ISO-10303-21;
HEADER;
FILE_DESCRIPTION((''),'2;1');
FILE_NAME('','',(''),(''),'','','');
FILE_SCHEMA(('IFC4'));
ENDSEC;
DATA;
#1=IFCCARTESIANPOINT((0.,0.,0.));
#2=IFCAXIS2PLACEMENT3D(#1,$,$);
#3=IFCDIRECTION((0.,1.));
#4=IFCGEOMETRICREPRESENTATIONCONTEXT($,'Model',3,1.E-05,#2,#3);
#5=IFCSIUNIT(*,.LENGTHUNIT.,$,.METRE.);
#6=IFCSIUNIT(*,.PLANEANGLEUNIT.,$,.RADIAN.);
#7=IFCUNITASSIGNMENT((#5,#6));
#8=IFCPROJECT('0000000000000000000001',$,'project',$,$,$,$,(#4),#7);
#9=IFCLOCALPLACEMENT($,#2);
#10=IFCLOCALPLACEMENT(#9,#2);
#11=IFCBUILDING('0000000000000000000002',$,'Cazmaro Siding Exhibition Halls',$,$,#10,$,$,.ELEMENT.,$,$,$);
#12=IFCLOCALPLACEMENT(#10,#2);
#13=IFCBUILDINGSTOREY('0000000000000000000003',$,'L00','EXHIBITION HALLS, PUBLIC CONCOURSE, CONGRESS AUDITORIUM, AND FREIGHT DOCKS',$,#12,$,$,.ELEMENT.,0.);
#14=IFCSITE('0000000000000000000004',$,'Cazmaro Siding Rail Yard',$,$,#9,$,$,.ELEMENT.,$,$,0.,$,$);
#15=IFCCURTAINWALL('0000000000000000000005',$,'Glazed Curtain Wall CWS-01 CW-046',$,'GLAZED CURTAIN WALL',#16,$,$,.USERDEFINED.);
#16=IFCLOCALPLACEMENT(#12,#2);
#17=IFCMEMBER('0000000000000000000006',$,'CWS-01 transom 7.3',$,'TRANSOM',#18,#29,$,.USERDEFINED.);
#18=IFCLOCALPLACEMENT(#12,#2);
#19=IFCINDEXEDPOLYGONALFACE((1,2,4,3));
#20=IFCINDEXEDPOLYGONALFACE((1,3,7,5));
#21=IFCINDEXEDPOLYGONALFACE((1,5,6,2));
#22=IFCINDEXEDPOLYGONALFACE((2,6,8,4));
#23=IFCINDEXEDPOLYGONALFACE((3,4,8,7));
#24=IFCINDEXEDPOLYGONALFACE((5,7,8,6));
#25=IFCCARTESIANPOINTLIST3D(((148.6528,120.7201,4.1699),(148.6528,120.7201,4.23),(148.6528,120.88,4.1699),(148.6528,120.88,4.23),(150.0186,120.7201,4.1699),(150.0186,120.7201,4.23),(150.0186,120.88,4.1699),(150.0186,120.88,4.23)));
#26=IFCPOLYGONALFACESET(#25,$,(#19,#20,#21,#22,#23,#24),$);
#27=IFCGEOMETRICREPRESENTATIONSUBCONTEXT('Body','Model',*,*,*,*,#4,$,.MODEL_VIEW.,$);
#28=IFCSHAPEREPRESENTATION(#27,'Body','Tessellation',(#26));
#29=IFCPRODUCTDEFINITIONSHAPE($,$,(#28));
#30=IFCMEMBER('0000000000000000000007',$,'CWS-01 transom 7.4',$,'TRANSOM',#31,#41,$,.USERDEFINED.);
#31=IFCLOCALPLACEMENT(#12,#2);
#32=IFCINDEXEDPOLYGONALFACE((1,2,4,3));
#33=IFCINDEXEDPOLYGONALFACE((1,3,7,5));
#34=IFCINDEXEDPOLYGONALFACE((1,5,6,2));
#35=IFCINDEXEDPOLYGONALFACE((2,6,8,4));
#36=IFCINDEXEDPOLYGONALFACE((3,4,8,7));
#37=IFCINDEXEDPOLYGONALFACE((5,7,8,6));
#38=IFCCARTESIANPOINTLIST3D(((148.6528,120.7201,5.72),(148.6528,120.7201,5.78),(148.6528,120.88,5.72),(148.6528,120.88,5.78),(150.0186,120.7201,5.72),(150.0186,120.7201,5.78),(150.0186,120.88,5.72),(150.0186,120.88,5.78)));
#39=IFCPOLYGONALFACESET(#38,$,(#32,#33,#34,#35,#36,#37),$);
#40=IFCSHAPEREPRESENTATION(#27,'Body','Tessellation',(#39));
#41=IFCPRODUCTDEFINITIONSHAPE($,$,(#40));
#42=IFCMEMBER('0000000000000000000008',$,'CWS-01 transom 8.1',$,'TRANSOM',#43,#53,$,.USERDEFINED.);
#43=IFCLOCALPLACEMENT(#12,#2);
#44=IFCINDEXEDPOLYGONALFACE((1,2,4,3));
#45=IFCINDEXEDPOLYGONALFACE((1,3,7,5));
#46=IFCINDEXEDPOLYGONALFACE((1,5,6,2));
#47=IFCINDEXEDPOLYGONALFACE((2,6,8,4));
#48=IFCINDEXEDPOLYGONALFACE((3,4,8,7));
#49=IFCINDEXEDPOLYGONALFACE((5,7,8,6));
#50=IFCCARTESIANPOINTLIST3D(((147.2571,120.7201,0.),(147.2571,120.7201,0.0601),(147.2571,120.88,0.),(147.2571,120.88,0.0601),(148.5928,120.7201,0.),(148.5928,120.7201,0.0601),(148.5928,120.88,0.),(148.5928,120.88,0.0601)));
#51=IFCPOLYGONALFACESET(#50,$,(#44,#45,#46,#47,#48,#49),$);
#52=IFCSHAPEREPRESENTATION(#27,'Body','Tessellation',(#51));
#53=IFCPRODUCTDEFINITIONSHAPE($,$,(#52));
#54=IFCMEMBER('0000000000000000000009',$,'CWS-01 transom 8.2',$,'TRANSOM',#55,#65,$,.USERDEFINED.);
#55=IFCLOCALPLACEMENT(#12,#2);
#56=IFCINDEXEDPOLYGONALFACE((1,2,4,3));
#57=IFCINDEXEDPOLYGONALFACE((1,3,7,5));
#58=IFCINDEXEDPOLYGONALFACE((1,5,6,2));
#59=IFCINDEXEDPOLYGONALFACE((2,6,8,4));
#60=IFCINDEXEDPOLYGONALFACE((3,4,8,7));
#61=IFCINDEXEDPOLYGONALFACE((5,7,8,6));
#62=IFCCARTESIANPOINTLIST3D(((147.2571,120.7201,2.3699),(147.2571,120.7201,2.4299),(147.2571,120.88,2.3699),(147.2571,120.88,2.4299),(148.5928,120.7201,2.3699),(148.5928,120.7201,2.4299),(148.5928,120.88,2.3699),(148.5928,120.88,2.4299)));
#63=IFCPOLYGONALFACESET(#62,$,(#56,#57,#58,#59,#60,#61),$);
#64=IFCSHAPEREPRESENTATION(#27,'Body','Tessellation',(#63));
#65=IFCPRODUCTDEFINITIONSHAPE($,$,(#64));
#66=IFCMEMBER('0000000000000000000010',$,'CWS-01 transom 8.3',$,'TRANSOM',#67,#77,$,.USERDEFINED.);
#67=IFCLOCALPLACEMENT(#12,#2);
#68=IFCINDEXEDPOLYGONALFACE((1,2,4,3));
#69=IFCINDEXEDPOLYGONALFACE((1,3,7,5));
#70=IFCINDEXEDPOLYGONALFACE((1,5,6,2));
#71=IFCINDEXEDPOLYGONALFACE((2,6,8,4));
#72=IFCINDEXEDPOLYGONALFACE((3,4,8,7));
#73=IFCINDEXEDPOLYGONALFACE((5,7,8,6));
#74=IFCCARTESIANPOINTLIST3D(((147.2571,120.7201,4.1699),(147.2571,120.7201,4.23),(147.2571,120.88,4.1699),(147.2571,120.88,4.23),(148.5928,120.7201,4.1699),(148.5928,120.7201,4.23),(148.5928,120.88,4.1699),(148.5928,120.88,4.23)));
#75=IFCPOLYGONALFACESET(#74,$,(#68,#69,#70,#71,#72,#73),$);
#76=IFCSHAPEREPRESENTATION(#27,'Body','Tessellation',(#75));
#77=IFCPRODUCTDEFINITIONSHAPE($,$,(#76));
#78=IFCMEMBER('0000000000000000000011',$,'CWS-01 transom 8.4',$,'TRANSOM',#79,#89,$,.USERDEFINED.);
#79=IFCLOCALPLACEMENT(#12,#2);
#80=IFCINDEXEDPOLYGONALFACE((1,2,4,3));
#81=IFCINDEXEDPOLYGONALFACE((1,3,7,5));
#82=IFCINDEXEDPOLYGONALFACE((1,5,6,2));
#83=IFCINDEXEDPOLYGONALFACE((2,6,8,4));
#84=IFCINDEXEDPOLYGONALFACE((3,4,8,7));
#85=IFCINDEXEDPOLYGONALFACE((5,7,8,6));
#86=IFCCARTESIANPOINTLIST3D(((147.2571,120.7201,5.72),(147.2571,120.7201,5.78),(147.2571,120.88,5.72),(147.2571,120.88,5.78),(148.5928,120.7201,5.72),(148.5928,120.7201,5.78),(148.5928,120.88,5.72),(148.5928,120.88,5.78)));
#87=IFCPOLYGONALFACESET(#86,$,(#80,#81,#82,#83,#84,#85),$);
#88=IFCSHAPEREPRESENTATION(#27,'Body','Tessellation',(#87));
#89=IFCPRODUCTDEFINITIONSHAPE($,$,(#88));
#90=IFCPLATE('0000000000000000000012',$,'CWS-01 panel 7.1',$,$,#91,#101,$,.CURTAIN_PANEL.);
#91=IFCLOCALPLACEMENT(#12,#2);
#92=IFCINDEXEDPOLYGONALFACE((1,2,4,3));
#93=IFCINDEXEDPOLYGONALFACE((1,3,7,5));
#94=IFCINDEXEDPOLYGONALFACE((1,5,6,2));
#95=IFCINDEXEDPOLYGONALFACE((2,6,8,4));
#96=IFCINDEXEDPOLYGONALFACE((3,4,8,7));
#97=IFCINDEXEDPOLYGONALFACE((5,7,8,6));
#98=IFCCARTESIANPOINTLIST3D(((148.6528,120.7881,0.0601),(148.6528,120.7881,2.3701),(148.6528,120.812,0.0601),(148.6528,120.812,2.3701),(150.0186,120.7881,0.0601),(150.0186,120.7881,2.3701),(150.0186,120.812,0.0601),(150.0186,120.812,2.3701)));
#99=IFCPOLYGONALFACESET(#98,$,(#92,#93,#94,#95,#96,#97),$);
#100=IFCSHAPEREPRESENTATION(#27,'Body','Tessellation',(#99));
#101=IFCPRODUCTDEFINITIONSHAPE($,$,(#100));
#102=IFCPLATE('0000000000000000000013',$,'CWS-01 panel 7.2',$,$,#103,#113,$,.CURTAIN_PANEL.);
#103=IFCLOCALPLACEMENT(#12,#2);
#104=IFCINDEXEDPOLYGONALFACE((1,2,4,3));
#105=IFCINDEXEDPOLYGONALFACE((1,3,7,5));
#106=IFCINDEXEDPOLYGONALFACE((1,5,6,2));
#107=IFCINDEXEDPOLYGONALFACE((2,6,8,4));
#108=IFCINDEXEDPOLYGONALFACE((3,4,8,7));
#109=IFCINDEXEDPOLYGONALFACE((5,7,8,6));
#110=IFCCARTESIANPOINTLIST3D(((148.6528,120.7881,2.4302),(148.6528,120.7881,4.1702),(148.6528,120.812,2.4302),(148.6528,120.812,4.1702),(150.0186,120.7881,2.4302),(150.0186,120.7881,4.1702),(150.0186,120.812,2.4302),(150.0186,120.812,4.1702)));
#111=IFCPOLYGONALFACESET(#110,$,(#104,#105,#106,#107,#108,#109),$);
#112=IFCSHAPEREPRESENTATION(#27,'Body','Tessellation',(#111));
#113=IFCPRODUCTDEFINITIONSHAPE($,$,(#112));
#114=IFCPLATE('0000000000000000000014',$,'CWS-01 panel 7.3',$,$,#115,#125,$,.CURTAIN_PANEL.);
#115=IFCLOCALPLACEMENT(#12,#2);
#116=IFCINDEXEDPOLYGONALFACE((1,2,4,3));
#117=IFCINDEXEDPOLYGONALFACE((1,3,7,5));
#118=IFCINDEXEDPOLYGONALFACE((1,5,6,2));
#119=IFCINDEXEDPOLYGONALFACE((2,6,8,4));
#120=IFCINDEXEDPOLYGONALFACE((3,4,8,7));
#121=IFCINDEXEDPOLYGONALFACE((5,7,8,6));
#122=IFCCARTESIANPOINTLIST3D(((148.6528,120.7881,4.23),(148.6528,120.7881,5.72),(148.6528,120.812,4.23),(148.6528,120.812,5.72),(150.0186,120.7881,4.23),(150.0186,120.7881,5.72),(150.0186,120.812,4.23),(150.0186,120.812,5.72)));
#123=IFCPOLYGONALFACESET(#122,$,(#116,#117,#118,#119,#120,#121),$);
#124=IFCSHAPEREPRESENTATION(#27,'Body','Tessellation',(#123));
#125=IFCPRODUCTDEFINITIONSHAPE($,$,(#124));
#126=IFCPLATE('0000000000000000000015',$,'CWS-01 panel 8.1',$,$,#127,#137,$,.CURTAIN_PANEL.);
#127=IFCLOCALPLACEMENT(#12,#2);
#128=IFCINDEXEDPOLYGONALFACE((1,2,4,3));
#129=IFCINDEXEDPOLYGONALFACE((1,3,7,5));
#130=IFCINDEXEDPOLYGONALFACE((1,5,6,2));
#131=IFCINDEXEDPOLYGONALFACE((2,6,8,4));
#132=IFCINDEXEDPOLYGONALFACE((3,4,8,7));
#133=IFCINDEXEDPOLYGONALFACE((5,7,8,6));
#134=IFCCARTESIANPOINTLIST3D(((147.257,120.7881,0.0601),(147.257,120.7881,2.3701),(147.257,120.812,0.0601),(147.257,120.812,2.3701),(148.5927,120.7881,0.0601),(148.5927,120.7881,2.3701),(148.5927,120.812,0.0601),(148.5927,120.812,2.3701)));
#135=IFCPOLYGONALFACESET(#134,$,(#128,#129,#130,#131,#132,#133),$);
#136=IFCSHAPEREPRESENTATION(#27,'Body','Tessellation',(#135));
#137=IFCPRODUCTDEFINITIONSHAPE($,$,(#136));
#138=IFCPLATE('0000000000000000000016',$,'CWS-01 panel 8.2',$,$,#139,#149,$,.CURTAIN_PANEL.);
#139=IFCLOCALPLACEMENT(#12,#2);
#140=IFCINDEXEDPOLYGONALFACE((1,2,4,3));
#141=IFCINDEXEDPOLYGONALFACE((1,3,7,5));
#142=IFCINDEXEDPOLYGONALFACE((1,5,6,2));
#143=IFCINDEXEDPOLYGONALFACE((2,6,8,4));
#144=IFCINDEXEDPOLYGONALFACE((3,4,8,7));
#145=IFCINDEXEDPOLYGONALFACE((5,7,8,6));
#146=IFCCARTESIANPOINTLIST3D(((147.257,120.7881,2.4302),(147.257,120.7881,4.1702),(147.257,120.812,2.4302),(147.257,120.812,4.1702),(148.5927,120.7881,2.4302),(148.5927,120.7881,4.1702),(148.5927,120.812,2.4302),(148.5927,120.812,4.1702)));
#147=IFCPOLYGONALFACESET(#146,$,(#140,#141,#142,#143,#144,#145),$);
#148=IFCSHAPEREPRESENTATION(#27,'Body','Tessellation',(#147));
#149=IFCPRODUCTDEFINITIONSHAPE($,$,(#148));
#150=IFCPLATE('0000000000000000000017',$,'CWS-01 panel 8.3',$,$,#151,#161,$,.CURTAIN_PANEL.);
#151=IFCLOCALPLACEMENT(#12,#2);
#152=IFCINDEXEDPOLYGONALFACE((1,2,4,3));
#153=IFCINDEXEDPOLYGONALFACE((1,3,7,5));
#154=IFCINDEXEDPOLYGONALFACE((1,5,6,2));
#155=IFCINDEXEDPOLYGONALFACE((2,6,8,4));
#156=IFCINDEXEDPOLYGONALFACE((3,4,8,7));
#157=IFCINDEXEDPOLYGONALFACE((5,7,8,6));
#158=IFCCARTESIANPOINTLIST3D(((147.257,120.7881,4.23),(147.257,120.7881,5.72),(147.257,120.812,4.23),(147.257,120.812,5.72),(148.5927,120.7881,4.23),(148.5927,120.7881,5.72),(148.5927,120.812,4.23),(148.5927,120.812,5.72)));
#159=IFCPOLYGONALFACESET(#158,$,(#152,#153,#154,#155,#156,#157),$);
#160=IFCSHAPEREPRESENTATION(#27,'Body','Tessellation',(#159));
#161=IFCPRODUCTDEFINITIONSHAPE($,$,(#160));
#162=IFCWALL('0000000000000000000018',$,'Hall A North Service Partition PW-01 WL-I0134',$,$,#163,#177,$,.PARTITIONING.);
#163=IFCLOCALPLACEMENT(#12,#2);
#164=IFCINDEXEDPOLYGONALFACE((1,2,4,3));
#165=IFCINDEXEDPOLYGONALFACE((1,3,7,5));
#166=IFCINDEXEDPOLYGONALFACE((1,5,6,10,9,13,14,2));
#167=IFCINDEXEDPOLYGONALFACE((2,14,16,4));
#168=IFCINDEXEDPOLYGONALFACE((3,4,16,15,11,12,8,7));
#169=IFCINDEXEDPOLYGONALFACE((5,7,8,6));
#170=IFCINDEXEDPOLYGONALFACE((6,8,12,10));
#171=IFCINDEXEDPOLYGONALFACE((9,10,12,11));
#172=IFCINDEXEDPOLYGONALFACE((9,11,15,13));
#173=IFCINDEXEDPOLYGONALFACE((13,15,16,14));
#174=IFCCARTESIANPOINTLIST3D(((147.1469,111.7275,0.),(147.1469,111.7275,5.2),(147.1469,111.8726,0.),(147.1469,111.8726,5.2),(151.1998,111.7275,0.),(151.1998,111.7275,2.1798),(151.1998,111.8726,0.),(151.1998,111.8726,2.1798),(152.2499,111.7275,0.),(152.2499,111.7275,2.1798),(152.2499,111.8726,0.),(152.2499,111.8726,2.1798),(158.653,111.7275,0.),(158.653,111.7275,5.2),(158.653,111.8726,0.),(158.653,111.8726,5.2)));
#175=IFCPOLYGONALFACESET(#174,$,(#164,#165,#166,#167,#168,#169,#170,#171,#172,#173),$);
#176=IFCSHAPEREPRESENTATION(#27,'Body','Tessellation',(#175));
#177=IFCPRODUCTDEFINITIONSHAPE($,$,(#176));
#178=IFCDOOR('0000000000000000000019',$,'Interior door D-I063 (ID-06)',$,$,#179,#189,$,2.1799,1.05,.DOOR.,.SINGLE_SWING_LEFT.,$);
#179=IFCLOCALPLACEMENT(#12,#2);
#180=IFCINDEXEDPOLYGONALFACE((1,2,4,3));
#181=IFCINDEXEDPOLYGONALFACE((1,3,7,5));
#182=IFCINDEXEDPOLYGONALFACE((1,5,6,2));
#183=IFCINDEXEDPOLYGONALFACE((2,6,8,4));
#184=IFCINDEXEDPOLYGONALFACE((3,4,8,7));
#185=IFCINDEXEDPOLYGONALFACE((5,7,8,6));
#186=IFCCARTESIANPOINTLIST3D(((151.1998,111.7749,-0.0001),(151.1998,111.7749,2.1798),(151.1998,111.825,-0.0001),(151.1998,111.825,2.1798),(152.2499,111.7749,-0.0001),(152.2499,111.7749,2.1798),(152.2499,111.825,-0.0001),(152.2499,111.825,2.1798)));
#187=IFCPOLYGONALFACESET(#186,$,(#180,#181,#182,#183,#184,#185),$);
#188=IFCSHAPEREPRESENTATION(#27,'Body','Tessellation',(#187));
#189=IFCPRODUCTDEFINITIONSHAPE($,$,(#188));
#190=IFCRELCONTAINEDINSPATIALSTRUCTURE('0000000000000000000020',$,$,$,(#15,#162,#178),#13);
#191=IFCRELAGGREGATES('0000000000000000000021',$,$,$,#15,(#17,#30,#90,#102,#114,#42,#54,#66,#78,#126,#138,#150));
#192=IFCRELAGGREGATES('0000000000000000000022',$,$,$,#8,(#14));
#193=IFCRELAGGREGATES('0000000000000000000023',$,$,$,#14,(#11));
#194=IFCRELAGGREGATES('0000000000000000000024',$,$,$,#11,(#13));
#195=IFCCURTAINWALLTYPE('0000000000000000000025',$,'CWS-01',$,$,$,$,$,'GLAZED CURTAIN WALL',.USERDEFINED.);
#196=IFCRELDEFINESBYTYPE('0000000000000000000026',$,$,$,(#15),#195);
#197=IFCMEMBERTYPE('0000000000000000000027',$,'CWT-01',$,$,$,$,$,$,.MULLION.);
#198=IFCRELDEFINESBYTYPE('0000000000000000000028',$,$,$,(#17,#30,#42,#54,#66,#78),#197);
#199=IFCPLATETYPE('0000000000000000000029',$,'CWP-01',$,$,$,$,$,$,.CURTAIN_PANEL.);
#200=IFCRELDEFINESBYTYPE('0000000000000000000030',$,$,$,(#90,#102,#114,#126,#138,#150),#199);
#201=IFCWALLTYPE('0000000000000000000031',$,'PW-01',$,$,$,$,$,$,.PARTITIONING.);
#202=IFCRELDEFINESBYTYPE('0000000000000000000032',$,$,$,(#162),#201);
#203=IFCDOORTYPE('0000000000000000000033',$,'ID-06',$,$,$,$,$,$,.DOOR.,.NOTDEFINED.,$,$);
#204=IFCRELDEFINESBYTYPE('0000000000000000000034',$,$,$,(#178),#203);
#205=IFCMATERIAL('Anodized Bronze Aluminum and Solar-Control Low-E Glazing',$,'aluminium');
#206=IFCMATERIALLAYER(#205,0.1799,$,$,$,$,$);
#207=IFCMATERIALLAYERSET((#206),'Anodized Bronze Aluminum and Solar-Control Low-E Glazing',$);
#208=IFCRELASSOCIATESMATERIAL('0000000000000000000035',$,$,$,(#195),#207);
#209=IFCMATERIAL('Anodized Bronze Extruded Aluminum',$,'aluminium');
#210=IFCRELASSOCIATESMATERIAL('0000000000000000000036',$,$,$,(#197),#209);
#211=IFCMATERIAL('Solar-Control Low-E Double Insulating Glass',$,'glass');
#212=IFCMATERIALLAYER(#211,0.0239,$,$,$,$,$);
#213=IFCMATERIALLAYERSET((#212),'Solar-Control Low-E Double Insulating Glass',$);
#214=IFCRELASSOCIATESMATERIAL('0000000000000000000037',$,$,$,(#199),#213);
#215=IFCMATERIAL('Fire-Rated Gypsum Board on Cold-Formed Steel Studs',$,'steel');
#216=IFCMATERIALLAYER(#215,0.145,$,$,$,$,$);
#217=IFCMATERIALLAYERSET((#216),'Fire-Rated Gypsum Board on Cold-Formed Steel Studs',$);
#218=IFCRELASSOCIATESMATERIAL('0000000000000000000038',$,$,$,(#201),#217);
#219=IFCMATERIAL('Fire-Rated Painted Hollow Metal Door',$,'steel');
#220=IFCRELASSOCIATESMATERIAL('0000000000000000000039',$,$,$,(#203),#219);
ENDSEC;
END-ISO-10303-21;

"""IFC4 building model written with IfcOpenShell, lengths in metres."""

from ifc_helpers import new_model, si_unit, direction, frame, frame_2d, origin, origin_2d, place, context, subcontext, project, spatial, rectangle, extrude, material, layer, layer_set, material_profile, profile_set, type_object, element, fill, aggregate, save


model = new_model("IFC4")

# Units and contexts
model_context = context("Model", 3, precision=1e-05, world=origin(), true_north=direction((0.0, 1.0)))
body_context = subcontext(model_context, "Body", "Model", "MODEL_VIEW")
ifc_project = project(units=[si_unit("LENGTHUNIT", "METRE"), si_unit("PLANEANGLEUNIT", "RADIAN")], contexts=[model_context])

# Site, building, storey
site_placement = place(None, origin())
site = spatial("IfcSite", under=ifc_project, at=site_placement, Name="Cazmaro Siding Rail Yard", CompositionType="ELEMENT", RefElevation=0.0)
building_placement = place(site_placement, origin())
building = spatial("IfcBuilding", under=site, at=building_placement, Name="Cazmaro Siding Exhibition Halls", CompositionType="ELEMENT")
storey_placement = place(building_placement, origin())
storey = spatial("IfcBuildingStorey", under=building, at=storey_placement, Name="L00", Description="EXHIBITION HALLS, PUBLIC CONCOURSE, CONGRESS AUDITORIUM, AND FREIGHT DOCKS", CompositionType="ELEMENT", Elevation=0.0)

# Curtain wall, members, plates
ifc_material_1 = material(Name="Anodized Bronze Aluminum and Solar-Control Low-E Glazing", Category="aluminium")
ifc_layer_1 = layer(ifc_material_1, 0.1799)
ifc_layer_set_1 = layer_set([ifc_layer_1], Name="Anodized Bronze Aluminum and Solar-Control Low-E Glazing")
curtain_wall_type = type_object("IfcCurtainWallType", Name="CWS-01", ElementType="GLAZED CURTAIN WALL", PredefinedType="USERDEFINED", material=ifc_layer_set_1)
curtain_wall_placement = place(storey_placement, origin())
curtain_wall = element("IfcCurtainWall", 1, at=curtain_wall_placement, inside=storey, type_object=curtain_wall_type, Name="Glazed Curtain Wall CWS-01 CW-046", ObjectType="GLAZED CURTAIN WALL", PredefinedType="USERDEFINED")
ifc_material_2 = material(Name="Anodized Bronze Extruded Aluminum", Category="aluminium")
ifc_material_profile_1 = material_profile(ifc_material_2, rectangle(XDim=0.1599, YDim=0.0601, at=origin_2d()), Name="CWT-01")
ifc_profile_set_1 = profile_set([ifc_material_profile_1], Name="Anodized Bronze Extruded Aluminum")
member_type_1 = type_object("IfcMemberType", Name="CWT-01", PredefinedType="MULLION", material=ifc_profile_set_1)
member_1_placement = place(storey_placement, frame((150.0186, 120.8, 4.2), z_axis=(-1.0, 0.0, 0.0), x_axis=(0.0, -1.0, 0.0)))
member_1 = element("IfcMember", 2, at=member_1_placement, type_object=member_type_1, Name="CWS-01 transom 7.3", ObjectType="TRANSOM", PredefinedType="USERDEFINED", context=body_context, shape_type="SweptSolid", body=[
    extrude(rectangle(XDim=0.1599, YDim=0.0601, at=origin_2d()), origin(), (0.0, 0.0, 1.0), 1.3657),
])
member_2_placement = place(storey_placement, frame((150.0186, 120.8, 5.75), z_axis=(-1.0, 0.0, 0.0), x_axis=(0.0, -1.0, 0.0)))
member_2 = element("IfcMember", 3, at=member_2_placement, type_object=member_type_1, Name="CWS-01 transom 7.4", ObjectType="TRANSOM", PredefinedType="USERDEFINED", context=body_context, shape_type="SweptSolid", body=[
    extrude(rectangle(XDim=0.1599, YDim=0.0601, at=origin_2d()), origin(), (0.0, 0.0, 1.0), 1.3657),
])
member_3_placement = place(storey_placement, frame((148.5928, 120.8, 0.03), z_axis=(-1.0, 0.0, 0.0), x_axis=(0.0, -1.0, 0.0)))
member_3 = element("IfcMember", 4, at=member_3_placement, type_object=member_type_1, Name="CWS-01 transom 8.1", ObjectType="TRANSOM", PredefinedType="USERDEFINED", context=body_context, shape_type="SweptSolid", body=[
    extrude(rectangle(XDim=0.1599, YDim=0.0601, at=origin_2d()), origin(), (0.0, 0.0, 1.0), 1.3357),
])
member_4_placement = place(storey_placement, frame((148.5928, 120.8, 2.3999), z_axis=(-1.0, 0.0, 0.0), x_axis=(0.0, -1.0, 0.0)))
member_4 = element("IfcMember", 5, at=member_4_placement, type_object=member_type_1, Name="CWS-01 transom 8.2", ObjectType="TRANSOM", PredefinedType="USERDEFINED", context=body_context, shape_type="SweptSolid", body=[
    extrude(rectangle(XDim=0.1599, YDim=0.0601, at=origin_2d()), origin(), (0.0, 0.0, 1.0), 1.3357),
])
member_5_placement = place(storey_placement, frame((148.5928, 120.8, 4.2), z_axis=(-1.0, 0.0, 0.0), x_axis=(0.0, -1.0, 0.0)))
member_5 = element("IfcMember", 6, at=member_5_placement, type_object=member_type_1, Name="CWS-01 transom 8.3", ObjectType="TRANSOM", PredefinedType="USERDEFINED", context=body_context, shape_type="SweptSolid", body=[
    extrude(rectangle(XDim=0.1599, YDim=0.0601, at=origin_2d()), origin(), (0.0, 0.0, 1.0), 1.3357),
])
member_6_placement = place(storey_placement, frame((148.5928, 120.8, 5.75), z_axis=(-1.0, 0.0, 0.0), x_axis=(0.0, -1.0, 0.0)))
member_6 = element("IfcMember", 7, at=member_6_placement, type_object=member_type_1, Name="CWS-01 transom 8.4", ObjectType="TRANSOM", PredefinedType="USERDEFINED", context=body_context, shape_type="SweptSolid", body=[
    extrude(rectangle(XDim=0.1599, YDim=0.0601, at=origin_2d()), origin(), (0.0, 0.0, 1.0), 1.3357),
])
ifc_material_3 = material(Name="Solar-Control Low-E Double Insulating Glass", Category="glass")
ifc_layer_2 = layer(ifc_material_3, 0.0239)
ifc_layer_set_2 = layer_set([ifc_layer_2], Name="Solar-Control Low-E Double Insulating Glass")
plate_type = type_object("IfcPlateType", Name="CWP-01", PredefinedType="CURTAIN_PANEL", material=ifc_layer_set_2)
plate_1_placement = place(storey_placement, frame((149.3357, 120.8, 0.0601), z_axis=(0.0, 0.0, 1.0), x_axis=(-1.0, 0.0, 0.0)))
plate_1 = element("IfcPlate", 8, at=plate_1_placement, type_object=plate_type, Name="CWS-01 panel 7.1", PredefinedType="CURTAIN_PANEL", context=body_context, shape_type="SweptSolid", body=[
    extrude(rectangle(XDim=1.3657, YDim=0.0239, at=origin_2d()), origin(), (0.0, 0.0, 1.0), 2.3101),
])
plate_2_placement = place(storey_placement, frame((149.3357, 120.8, 2.4302), z_axis=(0.0, 0.0, 1.0), x_axis=(-1.0, 0.0, 0.0)))
plate_2 = element("IfcPlate", 9, at=plate_2_placement, type_object=plate_type, Name="CWS-01 panel 7.2", PredefinedType="CURTAIN_PANEL", context=body_context, shape_type="SweptSolid", body=[
    extrude(rectangle(XDim=1.3657, YDim=0.0239, at=origin_2d()), origin(), (0.0, 0.0, 1.0), 1.74),
])
plate_3_placement = place(storey_placement, frame((149.3357, 120.8, 4.23), z_axis=(0.0, 0.0, 1.0), x_axis=(-1.0, 0.0, 0.0)))
plate_3 = element("IfcPlate", 10, at=plate_3_placement, type_object=plate_type, Name="CWS-01 panel 7.3", PredefinedType="CURTAIN_PANEL", context=body_context, shape_type="SweptSolid", body=[
    extrude(rectangle(XDim=1.3657, YDim=0.0239, at=origin_2d()), origin(), (0.0, 0.0, 1.0), 1.49),
])
plate_4_placement = place(storey_placement, frame((147.9248, 120.8, 0.0601), z_axis=(0.0, 0.0, 1.0), x_axis=(-1.0, 0.0, 0.0)))
plate_4 = element("IfcPlate", 11, at=plate_4_placement, type_object=plate_type, Name="CWS-01 panel 8.1", PredefinedType="CURTAIN_PANEL", context=body_context, shape_type="SweptSolid", body=[
    extrude(rectangle(XDim=1.3357, YDim=0.0239, at=origin_2d()), origin(), (0.0, 0.0, 1.0), 2.3101),
])
plate_5_placement = place(storey_placement, frame((147.9248, 120.8, 2.4302), z_axis=(0.0, 0.0, 1.0), x_axis=(-1.0, 0.0, 0.0)))
plate_5 = element("IfcPlate", 12, at=plate_5_placement, type_object=plate_type, Name="CWS-01 panel 8.2", PredefinedType="CURTAIN_PANEL", context=body_context, shape_type="SweptSolid", body=[
    extrude(rectangle(XDim=1.3357, YDim=0.0239, at=origin_2d()), origin(), (0.0, 0.0, 1.0), 1.74),
])
plate_6_placement = place(storey_placement, frame((147.9248, 120.8, 4.23), z_axis=(0.0, 0.0, 1.0), x_axis=(-1.0, 0.0, 0.0)))
plate_6 = element("IfcPlate", 13, at=plate_6_placement, type_object=plate_type, Name="CWS-01 panel 8.3", PredefinedType="CURTAIN_PANEL", context=body_context, shape_type="SweptSolid", body=[
    extrude(rectangle(XDim=1.3357, YDim=0.0239, at=origin_2d()), origin(), (0.0, 0.0, 1.0), 1.49),
])
aggregate(curtain_wall, [member_1, member_2, plate_1, plate_2, plate_3, member_3, member_4, member_5, member_6, plate_4, plate_5, plate_6])

# Wall, opening, door
ifc_material_4 = material(Name="Fire-Rated Gypsum Board on Cold-Formed Steel Studs", Category="steel")
ifc_layer_3 = layer(ifc_material_4, 0.145)
ifc_layer_set_3 = layer_set([ifc_layer_3], Name="Fire-Rated Gypsum Board on Cold-Formed Steel Studs")
wall_type_1 = type_object("IfcWallType", Name="PW-01", PredefinedType="PARTITIONING", material=ifc_layer_set_3)
wall_1_placement = place(storey_placement, frame((147.147, 111.8, 0.0), z_axis=(0.0, 0.0, 1.0), x_axis=(1.0, 0.0, 0.0)))
wall_1 = element("IfcWall", 14, at=wall_1_placement, inside=storey, type_object=wall_type_1, Name="Hall A North Service Partition PW-01 WL-I0134", PredefinedType="PARTITIONING", context=body_context, shape_type="SweptSolid", body=[
    extrude(rectangle(XDim=11.5061, YDim=0.145, at=frame_2d((5.7529, 0.0))), origin(), (0.0, 0.0, 1.0), 5.2),
])
opening_placement = place(wall_1_placement, frame((4.053, 0.0, 0.0)))
opening = element("IfcOpeningElement", 15, at=opening_placement, cuts=wall_1, PredefinedType="OPENING", context=body_context, shape_type="SweptSolid", body=[
    extrude(rectangle(XDim=1.05, YDim=2.1799, at=frame_2d((0.5249, 1.0898))), frame((0.0, 0.0825, 0.0), z_axis=(0.0, -1.0, 0.0), x_axis=(1.0, 0.0, 0.0)), (0.0, 0.0, 1.0), 0.165),
])
ifc_material_5 = material(Name="Fire-Rated Painted Hollow Metal Door", Category="steel")
door_type = type_object("IfcDoorType", Name="ID-06", OperationType="NOTDEFINED", PredefinedType="DOOR", material=ifc_material_5)
door_placement = place(opening_placement, origin())
door = element("IfcDoor", 16, at=door_placement, inside=storey, type_object=door_type, Name="Interior door D-I063 (ID-06)", OperationType="SINGLE_SWING_LEFT", OverallHeight=2.1799, OverallWidth=1.05, PredefinedType="DOOR", context=body_context, shape_type="SweptSolid", body=[
    extrude(rectangle(XDim=1.05, YDim=2.1799, at=frame_2d((0.5249, 1.0898))), frame((0.0, 0.0249, 0.0), z_axis=(0.0, -1.0, 0.0), x_axis=(1.0, 0.0, 0.0)), (0.0, 0.0, 1.0), 0.05),
])
fill(opening, door)

save(model, "model.ifc")
